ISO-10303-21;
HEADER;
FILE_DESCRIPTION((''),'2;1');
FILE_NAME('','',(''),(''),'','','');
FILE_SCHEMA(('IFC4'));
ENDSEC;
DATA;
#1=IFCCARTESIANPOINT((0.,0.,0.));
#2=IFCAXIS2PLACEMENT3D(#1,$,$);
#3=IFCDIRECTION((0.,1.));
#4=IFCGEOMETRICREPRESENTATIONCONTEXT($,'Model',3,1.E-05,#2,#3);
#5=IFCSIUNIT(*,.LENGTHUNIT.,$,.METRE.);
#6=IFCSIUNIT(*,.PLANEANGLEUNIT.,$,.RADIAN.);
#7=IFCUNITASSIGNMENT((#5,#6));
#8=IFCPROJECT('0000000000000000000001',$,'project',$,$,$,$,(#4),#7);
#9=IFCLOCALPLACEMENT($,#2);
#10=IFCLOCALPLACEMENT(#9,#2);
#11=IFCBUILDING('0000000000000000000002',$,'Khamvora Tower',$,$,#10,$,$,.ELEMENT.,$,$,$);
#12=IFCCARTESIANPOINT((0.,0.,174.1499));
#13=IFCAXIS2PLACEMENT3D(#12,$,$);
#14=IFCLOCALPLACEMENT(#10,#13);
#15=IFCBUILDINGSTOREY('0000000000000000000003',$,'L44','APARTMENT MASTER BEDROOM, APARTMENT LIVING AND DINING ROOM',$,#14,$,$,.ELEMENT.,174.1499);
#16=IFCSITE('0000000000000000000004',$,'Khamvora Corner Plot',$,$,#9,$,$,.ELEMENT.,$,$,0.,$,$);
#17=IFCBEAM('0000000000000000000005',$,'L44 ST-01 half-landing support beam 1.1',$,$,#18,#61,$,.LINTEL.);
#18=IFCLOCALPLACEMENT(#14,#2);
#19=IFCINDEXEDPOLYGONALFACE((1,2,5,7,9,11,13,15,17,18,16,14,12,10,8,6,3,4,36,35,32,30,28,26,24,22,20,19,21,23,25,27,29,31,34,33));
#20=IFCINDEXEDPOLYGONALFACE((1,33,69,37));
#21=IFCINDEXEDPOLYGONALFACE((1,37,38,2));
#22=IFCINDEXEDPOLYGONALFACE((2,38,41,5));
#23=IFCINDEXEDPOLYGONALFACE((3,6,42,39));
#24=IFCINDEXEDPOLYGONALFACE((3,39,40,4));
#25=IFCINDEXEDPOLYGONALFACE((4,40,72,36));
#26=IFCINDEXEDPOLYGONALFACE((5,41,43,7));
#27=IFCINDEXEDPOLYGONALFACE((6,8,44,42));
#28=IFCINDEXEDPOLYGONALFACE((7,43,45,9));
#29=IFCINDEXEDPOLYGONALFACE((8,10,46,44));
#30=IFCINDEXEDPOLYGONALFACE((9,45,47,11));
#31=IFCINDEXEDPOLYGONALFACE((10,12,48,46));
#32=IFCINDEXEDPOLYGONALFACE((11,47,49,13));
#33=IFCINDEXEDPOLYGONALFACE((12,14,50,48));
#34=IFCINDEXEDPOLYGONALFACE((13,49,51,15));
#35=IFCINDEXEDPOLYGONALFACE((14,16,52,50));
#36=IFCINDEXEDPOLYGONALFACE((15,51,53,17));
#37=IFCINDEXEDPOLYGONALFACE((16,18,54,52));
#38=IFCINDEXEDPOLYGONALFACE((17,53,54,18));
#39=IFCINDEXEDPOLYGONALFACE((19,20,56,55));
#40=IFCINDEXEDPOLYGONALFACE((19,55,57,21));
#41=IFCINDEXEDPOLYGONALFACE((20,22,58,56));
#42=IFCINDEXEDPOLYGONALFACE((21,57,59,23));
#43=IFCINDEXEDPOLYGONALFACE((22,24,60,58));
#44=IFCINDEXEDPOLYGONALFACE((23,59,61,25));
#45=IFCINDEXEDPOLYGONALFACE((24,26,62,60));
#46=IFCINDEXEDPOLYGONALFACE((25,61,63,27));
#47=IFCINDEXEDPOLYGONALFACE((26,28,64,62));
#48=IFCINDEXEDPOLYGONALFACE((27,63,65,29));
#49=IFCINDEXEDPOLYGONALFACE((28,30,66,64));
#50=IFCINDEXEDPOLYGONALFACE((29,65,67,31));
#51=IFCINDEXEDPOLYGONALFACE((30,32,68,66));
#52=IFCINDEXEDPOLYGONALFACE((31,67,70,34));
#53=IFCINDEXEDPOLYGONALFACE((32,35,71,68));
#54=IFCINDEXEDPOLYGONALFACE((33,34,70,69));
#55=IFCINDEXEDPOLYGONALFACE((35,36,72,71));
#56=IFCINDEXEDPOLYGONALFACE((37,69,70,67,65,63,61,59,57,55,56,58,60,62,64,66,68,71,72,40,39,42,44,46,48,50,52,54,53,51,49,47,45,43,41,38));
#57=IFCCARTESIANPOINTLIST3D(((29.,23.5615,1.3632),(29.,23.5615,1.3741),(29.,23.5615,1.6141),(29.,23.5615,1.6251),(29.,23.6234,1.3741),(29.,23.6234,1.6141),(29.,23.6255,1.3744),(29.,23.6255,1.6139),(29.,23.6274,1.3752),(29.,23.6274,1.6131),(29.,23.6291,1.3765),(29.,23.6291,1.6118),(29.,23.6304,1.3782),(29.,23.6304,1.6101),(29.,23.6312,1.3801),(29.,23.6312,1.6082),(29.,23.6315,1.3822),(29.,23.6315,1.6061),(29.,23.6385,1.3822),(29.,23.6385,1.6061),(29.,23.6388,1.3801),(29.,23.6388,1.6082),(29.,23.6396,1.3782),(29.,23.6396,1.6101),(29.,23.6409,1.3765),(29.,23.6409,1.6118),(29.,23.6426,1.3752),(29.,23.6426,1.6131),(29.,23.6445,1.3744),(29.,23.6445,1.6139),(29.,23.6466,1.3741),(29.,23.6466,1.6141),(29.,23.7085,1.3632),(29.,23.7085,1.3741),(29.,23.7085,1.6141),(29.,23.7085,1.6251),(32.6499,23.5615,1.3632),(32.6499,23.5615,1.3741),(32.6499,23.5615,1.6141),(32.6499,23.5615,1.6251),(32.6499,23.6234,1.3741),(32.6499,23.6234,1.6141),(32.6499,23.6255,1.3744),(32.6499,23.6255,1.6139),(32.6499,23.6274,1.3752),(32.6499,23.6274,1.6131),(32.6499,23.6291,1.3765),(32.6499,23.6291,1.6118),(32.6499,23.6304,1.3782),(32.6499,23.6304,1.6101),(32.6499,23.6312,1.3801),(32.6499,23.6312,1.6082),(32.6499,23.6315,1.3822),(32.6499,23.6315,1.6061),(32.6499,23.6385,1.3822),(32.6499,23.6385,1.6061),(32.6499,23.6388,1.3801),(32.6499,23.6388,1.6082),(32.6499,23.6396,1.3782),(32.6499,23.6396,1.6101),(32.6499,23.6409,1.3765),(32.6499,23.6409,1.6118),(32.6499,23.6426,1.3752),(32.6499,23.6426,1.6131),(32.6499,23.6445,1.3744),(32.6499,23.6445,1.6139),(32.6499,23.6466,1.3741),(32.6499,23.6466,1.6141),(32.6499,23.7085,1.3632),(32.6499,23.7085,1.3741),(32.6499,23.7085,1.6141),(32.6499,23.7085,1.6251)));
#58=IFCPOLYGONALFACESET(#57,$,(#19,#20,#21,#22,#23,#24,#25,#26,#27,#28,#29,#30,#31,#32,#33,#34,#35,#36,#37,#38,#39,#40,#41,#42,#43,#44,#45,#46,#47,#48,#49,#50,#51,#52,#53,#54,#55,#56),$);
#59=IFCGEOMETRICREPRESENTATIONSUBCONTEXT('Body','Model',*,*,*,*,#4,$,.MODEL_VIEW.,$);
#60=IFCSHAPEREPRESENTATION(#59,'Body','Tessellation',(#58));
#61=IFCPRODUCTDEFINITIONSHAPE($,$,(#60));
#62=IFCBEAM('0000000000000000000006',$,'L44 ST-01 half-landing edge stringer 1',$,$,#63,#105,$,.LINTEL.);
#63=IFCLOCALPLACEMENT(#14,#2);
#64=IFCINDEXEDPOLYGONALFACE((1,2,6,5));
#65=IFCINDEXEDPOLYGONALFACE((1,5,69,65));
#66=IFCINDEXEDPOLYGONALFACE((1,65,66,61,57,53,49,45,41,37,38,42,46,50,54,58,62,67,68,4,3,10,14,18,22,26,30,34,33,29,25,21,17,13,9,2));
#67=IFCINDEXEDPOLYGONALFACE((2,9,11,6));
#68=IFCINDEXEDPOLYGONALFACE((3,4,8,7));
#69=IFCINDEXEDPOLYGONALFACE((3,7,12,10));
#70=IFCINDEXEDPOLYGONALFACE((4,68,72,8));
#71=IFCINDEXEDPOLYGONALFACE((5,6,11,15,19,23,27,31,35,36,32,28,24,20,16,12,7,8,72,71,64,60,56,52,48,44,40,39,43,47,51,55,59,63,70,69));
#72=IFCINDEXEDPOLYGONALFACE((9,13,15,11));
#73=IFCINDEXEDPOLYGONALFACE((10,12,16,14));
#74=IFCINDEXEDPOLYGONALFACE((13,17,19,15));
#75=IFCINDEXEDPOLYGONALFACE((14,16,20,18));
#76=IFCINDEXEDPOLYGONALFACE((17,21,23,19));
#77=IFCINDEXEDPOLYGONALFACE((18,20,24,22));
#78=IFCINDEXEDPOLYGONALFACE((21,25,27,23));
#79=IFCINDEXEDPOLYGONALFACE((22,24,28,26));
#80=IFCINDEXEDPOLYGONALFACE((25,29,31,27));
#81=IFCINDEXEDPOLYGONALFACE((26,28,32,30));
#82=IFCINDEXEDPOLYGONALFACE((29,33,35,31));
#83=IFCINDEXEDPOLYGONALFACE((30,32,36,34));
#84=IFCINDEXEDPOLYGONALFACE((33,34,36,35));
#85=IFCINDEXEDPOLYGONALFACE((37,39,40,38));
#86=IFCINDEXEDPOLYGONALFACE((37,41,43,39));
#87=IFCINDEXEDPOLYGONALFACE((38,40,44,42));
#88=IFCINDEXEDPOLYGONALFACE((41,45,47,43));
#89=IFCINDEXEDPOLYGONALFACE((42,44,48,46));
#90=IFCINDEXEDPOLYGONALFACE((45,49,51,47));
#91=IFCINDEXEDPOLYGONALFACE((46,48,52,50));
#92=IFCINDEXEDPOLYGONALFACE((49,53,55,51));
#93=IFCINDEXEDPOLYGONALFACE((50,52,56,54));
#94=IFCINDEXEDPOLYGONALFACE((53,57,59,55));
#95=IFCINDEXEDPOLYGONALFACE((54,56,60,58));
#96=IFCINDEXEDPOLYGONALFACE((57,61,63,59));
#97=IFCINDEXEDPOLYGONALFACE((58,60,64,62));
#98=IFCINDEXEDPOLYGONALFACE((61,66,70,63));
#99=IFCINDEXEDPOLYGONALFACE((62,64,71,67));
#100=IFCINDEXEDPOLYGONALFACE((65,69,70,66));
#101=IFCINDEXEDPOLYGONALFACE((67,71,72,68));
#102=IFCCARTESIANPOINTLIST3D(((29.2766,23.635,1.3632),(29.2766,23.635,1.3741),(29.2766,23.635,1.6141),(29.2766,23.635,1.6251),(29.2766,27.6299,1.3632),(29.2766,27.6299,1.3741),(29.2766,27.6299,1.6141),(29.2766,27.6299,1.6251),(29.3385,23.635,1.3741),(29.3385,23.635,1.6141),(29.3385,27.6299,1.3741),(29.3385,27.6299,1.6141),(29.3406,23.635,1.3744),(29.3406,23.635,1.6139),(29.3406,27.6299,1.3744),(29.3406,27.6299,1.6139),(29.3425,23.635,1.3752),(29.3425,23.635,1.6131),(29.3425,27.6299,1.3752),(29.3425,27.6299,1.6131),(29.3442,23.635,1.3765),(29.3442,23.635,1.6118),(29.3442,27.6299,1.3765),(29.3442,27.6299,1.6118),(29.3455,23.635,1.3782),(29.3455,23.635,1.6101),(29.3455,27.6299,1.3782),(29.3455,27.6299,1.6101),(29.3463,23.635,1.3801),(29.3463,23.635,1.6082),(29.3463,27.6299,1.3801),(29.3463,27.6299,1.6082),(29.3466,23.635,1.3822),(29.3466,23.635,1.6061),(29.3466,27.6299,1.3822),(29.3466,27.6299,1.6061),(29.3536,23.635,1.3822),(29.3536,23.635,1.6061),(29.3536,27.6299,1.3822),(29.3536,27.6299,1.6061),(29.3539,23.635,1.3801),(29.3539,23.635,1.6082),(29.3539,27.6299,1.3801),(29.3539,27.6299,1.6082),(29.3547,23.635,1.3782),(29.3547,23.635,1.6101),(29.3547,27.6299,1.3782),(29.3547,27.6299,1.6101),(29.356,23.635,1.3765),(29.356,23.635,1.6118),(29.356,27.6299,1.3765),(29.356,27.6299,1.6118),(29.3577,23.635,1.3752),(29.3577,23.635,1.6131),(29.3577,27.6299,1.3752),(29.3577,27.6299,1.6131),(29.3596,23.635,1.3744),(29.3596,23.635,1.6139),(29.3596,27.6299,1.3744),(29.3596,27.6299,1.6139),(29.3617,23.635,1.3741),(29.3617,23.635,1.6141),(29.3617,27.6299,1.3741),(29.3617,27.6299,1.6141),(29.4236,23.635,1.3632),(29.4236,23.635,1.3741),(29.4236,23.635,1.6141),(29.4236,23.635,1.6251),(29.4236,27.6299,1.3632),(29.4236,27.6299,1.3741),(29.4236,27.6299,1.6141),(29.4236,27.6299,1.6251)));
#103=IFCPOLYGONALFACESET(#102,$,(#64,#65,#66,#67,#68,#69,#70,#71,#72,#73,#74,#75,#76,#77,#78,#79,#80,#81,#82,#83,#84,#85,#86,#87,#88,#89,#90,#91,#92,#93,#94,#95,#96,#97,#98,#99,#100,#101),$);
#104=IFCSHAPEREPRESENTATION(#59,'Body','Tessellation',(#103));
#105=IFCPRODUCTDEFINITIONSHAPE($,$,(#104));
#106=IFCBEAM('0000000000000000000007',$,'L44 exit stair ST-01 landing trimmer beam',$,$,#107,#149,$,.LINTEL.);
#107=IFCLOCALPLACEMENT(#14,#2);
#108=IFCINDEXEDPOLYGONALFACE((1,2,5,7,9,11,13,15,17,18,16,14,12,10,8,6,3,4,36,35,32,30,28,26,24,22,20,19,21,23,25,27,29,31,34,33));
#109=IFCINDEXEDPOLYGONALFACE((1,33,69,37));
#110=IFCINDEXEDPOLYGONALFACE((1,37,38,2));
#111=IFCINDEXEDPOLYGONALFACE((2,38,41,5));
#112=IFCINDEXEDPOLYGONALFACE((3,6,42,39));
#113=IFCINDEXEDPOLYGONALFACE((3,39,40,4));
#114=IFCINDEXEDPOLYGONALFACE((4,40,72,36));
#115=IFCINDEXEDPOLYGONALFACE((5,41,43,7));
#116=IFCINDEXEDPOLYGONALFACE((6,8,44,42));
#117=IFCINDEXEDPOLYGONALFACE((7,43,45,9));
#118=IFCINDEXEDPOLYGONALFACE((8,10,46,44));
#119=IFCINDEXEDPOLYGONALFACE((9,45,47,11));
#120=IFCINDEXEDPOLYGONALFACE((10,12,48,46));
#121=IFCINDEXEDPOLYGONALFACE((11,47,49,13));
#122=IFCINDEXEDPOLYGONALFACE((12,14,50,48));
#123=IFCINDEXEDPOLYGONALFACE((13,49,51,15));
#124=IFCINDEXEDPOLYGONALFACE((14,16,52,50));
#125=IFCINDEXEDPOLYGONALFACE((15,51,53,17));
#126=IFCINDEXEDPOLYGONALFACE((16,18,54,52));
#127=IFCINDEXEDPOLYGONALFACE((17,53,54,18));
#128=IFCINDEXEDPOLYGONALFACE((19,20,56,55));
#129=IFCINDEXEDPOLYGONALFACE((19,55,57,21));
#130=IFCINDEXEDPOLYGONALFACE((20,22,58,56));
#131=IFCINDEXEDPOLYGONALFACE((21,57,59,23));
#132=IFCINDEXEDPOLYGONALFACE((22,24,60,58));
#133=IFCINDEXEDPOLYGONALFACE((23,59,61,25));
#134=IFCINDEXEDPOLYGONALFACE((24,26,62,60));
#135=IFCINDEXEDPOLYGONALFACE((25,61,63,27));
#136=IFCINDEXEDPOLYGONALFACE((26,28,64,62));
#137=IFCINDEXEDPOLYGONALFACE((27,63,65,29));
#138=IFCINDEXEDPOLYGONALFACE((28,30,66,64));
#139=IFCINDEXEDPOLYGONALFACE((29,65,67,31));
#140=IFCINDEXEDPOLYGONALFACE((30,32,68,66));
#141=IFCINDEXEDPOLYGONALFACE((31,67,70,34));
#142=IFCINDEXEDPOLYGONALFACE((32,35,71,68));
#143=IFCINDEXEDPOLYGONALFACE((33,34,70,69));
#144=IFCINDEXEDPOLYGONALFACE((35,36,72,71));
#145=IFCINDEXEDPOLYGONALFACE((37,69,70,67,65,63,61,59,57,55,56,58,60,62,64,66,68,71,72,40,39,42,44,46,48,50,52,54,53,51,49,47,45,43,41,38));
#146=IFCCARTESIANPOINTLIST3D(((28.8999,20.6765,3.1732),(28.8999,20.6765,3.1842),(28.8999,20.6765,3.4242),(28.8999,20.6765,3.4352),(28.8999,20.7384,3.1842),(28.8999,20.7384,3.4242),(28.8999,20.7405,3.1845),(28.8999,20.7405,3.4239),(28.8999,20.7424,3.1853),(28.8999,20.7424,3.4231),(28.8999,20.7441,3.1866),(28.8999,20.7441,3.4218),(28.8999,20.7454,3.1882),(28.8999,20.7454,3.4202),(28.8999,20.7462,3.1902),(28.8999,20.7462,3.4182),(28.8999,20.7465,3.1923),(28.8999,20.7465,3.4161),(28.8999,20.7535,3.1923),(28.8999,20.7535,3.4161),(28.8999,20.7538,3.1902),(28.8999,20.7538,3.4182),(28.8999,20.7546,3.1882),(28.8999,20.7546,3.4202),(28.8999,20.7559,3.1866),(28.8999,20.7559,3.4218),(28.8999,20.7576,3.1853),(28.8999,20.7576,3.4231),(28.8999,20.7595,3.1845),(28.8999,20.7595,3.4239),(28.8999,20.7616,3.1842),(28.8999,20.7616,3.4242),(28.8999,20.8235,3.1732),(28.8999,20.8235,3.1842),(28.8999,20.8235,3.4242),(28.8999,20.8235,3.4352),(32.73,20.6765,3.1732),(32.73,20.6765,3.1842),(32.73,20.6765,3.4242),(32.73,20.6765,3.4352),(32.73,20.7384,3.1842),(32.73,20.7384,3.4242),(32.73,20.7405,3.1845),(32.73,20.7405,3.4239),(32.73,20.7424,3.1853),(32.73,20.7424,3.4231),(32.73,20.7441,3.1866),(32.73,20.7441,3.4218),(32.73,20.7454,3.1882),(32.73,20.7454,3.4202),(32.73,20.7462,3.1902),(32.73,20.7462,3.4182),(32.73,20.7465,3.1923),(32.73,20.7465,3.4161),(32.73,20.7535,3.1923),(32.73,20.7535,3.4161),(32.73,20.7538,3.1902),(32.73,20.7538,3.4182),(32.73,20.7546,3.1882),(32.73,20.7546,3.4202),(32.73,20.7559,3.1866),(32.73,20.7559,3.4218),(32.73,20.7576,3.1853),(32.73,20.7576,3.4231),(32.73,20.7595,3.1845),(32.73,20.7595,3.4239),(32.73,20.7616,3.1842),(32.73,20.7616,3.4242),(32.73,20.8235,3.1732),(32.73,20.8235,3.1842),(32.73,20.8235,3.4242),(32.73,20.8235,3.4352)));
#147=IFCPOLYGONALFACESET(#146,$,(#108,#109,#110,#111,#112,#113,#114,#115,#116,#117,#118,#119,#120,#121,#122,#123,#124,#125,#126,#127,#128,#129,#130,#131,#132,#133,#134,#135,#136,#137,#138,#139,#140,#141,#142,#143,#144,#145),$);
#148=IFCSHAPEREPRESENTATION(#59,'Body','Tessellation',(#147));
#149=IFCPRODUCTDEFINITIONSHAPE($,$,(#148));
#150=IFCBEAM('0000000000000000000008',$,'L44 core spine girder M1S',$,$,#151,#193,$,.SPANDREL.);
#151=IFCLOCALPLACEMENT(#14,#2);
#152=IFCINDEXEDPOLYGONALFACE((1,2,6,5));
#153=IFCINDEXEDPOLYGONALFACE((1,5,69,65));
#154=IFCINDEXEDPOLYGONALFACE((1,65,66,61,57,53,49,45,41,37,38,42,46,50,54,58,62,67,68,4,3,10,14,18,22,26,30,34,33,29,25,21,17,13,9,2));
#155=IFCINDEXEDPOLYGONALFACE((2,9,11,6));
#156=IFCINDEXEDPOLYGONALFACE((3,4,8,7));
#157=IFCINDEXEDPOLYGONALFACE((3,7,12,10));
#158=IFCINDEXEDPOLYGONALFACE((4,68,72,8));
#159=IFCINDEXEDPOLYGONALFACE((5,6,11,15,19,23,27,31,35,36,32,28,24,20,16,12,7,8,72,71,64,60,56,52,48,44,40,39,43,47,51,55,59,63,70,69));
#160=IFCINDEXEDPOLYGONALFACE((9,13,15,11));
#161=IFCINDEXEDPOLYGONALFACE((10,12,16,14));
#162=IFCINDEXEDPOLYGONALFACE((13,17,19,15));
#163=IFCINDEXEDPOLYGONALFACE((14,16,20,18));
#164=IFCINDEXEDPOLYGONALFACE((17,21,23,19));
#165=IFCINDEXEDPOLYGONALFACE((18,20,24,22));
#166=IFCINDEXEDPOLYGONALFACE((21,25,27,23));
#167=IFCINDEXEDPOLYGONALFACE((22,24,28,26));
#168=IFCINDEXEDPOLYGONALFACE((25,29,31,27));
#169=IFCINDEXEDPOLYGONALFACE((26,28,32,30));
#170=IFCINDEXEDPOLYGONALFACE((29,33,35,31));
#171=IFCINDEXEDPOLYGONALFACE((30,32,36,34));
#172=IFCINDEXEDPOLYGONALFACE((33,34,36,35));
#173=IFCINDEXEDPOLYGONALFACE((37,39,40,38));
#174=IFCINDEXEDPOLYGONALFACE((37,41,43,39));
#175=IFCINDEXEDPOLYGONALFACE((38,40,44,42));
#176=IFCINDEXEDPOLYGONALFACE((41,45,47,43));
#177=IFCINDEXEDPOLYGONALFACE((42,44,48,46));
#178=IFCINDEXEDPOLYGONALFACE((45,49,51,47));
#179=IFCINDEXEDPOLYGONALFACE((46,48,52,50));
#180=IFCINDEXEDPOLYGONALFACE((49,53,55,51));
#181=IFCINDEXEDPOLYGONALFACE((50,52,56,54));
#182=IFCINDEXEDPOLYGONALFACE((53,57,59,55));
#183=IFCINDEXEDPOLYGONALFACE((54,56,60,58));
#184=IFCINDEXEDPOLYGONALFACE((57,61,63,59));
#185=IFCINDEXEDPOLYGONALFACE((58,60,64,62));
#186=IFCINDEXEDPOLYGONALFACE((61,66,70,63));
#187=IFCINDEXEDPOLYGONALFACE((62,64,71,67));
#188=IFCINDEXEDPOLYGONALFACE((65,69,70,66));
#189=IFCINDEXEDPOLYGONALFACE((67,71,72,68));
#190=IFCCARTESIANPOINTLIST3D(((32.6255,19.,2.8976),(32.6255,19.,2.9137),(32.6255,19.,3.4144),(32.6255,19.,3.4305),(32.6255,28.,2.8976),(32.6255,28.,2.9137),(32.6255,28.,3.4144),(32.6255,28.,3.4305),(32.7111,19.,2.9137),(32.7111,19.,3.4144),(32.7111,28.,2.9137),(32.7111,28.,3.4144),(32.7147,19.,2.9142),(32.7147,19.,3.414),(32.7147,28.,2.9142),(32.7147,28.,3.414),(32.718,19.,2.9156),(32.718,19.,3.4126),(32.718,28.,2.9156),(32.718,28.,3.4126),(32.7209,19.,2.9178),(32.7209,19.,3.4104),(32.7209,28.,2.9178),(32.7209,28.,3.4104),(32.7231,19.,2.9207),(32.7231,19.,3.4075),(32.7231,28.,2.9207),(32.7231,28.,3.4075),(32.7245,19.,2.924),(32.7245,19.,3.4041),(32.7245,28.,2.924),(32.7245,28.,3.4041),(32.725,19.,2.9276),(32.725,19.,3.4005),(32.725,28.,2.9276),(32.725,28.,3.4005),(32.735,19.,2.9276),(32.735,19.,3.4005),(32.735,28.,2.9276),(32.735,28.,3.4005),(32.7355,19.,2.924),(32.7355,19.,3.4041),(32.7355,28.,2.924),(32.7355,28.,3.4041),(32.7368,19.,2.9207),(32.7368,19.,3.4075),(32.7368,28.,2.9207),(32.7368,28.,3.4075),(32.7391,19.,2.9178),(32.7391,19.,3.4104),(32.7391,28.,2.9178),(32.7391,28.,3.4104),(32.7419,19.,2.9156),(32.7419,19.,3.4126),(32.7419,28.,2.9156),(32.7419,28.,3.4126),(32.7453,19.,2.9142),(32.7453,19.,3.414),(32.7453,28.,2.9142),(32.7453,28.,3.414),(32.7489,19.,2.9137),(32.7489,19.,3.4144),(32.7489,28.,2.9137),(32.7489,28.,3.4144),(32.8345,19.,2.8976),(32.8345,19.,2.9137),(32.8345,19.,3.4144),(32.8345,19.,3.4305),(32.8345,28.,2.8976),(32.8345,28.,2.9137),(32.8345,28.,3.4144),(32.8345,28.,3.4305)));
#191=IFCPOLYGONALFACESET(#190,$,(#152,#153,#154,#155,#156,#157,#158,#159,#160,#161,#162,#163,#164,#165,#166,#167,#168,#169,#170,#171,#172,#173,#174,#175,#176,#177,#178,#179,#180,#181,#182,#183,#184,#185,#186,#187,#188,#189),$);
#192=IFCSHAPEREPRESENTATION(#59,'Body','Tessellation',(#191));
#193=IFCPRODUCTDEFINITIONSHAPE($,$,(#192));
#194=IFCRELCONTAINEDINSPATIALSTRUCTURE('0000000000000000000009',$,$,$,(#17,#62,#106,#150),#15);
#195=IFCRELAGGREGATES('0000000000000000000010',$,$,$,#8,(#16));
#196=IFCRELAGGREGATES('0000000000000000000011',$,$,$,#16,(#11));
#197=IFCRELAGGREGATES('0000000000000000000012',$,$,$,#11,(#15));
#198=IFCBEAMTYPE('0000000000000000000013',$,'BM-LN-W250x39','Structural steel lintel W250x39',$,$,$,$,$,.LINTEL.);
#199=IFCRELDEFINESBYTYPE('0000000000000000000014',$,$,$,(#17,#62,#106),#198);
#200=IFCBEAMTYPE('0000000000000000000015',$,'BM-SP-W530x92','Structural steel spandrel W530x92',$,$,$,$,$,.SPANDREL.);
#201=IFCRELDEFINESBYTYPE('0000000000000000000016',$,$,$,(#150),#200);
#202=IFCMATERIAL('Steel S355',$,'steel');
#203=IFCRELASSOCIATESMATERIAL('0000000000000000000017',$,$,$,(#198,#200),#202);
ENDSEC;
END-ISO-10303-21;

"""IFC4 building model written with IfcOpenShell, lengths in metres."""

from ifc_helpers import new_model, si_unit, direction, frame, origin, origin_2d, place, context, subcontext, project, spatial, i_section, extrude, material, material_profile, profile_set, type_object, element, save


model = new_model("IFC4")

# Units and contexts
model_context = context("Model", 3, precision=1e-05, world=origin(), true_north=direction((0.0, 1.0)))
body_context = subcontext(model_context, "Body", "Model", "MODEL_VIEW")
ifc_project = project(units=[si_unit("LENGTHUNIT", "METRE"), si_unit("PLANEANGLEUNIT", "RADIAN")], contexts=[model_context])

# Site, building, storey
site_placement = place(None, origin())
site = spatial("IfcSite", under=ifc_project, at=site_placement, Name="Khamvora Corner Plot", CompositionType="ELEMENT", RefElevation=0.0)
building_placement = place(site_placement, origin())
building = spatial("IfcBuilding", under=site, at=building_placement, Name="Khamvora Tower", CompositionType="ELEMENT")
storey_placement = place(building_placement, frame((0.0, 0.0, 174.1499)))
storey = spatial("IfcBuildingStorey", under=building, at=storey_placement, Name="L44", Description="APARTMENT MASTER BEDROOM, APARTMENT LIVING AND DINING ROOM", CompositionType="ELEMENT", Elevation=174.1499)

# Beams
ifc_material_1 = material(Name="Steel S355", Category="steel")
ifc_material_profile_1 = material_profile(ifc_material_1, i_section(OverallWidth=0.147, OverallDepth=0.262, WebThickness=0.0071, FlangeThickness=0.011, FilletRadius=0.0081, at=origin_2d()), Name="W250x39")
ifc_profile_set_1 = profile_set([ifc_material_profile_1], Name="Steel S355")
beam_type_1 = type_object("IfcBeamType", Name="BM-LN-W250x39", Description="Structural steel lintel W250x39", PredefinedType="LINTEL", material=ifc_profile_set_1)
beam_1_placement = place(storey_placement, frame((29.0, 23.635, 1.4941), z_axis=(1.0, 0.0, 0.0), x_axis=(0.0, 1.0, 0.0)))
element("IfcBeam", 1, at=beam_1_placement, inside=storey, type_object=beam_type_1, Name="L44 ST-01 half-landing support beam 1.1", PredefinedType="LINTEL", context=body_context, shape_type="SweptSolid", body=[
    extrude(i_section(OverallWidth=0.147, OverallDepth=0.262, WebThickness=0.0071, FlangeThickness=0.011, FilletRadius=0.0081, at=origin_2d()), origin(), (0.0, 0.0, 1.0), 3.6499),
])
beam_2_placement = place(storey_placement, frame((29.3501, 23.635, 1.4941), z_axis=(0.0, 1.0, 0.0), x_axis=(-1.0, 0.0, 0.0)))
element("IfcBeam", 2, at=beam_2_placement, inside=storey, type_object=beam_type_1, Name="L44 ST-01 half-landing edge stringer 1", PredefinedType="LINTEL", context=body_context, shape_type="SweptSolid", body=[
    extrude(i_section(OverallWidth=0.147, OverallDepth=0.262, WebThickness=0.0071, FlangeThickness=0.011, FilletRadius=0.0081, at=origin_2d()), origin(), (0.0, 0.0, 1.0), 3.9949),
])
beam_3_placement = place(storey_placement, frame((28.8999, 20.75, 3.3042), z_axis=(1.0, 0.0, 0.0), x_axis=(0.0, 1.0, 0.0)))
element("IfcBeam", 3, at=beam_3_placement, inside=storey, type_object=beam_type_1, Name="L44 exit stair ST-01 landing trimmer beam", PredefinedType="LINTEL", context=body_context, shape_type="SweptSolid", body=[
    extrude(i_section(OverallWidth=0.147, OverallDepth=0.262, WebThickness=0.0071, FlangeThickness=0.011, FilletRadius=0.0081, at=origin_2d()), origin(), (0.0, 0.0, 1.0), 3.8301),
])
ifc_material_profile_2 = material_profile(ifc_material_1, i_section(OverallWidth=0.209, OverallDepth=0.533, WebThickness=0.01, FlangeThickness=0.0161, FilletRadius=0.0139, at=origin_2d()), Name="W530x92")
ifc_profile_set_2 = profile_set([ifc_material_profile_2], Name="Steel S355")
beam_type_2 = type_object("IfcBeamType", Name="BM-SP-W530x92", Description="Structural steel spandrel W530x92", PredefinedType="SPANDREL", material=ifc_profile_set_2)
beam_4_placement = place(storey_placement, frame((32.73, 19.0, 3.1641), z_axis=(0.0, 1.0, 0.0), x_axis=(-1.0, 0.0, 0.0)))
element("IfcBeam", 4, at=beam_4_placement, inside=storey, type_object=beam_type_2, Name="L44 core spine girder M1S", PredefinedType="SPANDREL", context=body_context, shape_type="SweptSolid", body=[
    extrude(i_section(OverallWidth=0.209, OverallDepth=0.533, WebThickness=0.01, FlangeThickness=0.0161, FilletRadius=0.0139, at=origin_2d()), origin(), (0.0, 0.0, 1.0), 9.0),
])

save(model, "model.ifc")
